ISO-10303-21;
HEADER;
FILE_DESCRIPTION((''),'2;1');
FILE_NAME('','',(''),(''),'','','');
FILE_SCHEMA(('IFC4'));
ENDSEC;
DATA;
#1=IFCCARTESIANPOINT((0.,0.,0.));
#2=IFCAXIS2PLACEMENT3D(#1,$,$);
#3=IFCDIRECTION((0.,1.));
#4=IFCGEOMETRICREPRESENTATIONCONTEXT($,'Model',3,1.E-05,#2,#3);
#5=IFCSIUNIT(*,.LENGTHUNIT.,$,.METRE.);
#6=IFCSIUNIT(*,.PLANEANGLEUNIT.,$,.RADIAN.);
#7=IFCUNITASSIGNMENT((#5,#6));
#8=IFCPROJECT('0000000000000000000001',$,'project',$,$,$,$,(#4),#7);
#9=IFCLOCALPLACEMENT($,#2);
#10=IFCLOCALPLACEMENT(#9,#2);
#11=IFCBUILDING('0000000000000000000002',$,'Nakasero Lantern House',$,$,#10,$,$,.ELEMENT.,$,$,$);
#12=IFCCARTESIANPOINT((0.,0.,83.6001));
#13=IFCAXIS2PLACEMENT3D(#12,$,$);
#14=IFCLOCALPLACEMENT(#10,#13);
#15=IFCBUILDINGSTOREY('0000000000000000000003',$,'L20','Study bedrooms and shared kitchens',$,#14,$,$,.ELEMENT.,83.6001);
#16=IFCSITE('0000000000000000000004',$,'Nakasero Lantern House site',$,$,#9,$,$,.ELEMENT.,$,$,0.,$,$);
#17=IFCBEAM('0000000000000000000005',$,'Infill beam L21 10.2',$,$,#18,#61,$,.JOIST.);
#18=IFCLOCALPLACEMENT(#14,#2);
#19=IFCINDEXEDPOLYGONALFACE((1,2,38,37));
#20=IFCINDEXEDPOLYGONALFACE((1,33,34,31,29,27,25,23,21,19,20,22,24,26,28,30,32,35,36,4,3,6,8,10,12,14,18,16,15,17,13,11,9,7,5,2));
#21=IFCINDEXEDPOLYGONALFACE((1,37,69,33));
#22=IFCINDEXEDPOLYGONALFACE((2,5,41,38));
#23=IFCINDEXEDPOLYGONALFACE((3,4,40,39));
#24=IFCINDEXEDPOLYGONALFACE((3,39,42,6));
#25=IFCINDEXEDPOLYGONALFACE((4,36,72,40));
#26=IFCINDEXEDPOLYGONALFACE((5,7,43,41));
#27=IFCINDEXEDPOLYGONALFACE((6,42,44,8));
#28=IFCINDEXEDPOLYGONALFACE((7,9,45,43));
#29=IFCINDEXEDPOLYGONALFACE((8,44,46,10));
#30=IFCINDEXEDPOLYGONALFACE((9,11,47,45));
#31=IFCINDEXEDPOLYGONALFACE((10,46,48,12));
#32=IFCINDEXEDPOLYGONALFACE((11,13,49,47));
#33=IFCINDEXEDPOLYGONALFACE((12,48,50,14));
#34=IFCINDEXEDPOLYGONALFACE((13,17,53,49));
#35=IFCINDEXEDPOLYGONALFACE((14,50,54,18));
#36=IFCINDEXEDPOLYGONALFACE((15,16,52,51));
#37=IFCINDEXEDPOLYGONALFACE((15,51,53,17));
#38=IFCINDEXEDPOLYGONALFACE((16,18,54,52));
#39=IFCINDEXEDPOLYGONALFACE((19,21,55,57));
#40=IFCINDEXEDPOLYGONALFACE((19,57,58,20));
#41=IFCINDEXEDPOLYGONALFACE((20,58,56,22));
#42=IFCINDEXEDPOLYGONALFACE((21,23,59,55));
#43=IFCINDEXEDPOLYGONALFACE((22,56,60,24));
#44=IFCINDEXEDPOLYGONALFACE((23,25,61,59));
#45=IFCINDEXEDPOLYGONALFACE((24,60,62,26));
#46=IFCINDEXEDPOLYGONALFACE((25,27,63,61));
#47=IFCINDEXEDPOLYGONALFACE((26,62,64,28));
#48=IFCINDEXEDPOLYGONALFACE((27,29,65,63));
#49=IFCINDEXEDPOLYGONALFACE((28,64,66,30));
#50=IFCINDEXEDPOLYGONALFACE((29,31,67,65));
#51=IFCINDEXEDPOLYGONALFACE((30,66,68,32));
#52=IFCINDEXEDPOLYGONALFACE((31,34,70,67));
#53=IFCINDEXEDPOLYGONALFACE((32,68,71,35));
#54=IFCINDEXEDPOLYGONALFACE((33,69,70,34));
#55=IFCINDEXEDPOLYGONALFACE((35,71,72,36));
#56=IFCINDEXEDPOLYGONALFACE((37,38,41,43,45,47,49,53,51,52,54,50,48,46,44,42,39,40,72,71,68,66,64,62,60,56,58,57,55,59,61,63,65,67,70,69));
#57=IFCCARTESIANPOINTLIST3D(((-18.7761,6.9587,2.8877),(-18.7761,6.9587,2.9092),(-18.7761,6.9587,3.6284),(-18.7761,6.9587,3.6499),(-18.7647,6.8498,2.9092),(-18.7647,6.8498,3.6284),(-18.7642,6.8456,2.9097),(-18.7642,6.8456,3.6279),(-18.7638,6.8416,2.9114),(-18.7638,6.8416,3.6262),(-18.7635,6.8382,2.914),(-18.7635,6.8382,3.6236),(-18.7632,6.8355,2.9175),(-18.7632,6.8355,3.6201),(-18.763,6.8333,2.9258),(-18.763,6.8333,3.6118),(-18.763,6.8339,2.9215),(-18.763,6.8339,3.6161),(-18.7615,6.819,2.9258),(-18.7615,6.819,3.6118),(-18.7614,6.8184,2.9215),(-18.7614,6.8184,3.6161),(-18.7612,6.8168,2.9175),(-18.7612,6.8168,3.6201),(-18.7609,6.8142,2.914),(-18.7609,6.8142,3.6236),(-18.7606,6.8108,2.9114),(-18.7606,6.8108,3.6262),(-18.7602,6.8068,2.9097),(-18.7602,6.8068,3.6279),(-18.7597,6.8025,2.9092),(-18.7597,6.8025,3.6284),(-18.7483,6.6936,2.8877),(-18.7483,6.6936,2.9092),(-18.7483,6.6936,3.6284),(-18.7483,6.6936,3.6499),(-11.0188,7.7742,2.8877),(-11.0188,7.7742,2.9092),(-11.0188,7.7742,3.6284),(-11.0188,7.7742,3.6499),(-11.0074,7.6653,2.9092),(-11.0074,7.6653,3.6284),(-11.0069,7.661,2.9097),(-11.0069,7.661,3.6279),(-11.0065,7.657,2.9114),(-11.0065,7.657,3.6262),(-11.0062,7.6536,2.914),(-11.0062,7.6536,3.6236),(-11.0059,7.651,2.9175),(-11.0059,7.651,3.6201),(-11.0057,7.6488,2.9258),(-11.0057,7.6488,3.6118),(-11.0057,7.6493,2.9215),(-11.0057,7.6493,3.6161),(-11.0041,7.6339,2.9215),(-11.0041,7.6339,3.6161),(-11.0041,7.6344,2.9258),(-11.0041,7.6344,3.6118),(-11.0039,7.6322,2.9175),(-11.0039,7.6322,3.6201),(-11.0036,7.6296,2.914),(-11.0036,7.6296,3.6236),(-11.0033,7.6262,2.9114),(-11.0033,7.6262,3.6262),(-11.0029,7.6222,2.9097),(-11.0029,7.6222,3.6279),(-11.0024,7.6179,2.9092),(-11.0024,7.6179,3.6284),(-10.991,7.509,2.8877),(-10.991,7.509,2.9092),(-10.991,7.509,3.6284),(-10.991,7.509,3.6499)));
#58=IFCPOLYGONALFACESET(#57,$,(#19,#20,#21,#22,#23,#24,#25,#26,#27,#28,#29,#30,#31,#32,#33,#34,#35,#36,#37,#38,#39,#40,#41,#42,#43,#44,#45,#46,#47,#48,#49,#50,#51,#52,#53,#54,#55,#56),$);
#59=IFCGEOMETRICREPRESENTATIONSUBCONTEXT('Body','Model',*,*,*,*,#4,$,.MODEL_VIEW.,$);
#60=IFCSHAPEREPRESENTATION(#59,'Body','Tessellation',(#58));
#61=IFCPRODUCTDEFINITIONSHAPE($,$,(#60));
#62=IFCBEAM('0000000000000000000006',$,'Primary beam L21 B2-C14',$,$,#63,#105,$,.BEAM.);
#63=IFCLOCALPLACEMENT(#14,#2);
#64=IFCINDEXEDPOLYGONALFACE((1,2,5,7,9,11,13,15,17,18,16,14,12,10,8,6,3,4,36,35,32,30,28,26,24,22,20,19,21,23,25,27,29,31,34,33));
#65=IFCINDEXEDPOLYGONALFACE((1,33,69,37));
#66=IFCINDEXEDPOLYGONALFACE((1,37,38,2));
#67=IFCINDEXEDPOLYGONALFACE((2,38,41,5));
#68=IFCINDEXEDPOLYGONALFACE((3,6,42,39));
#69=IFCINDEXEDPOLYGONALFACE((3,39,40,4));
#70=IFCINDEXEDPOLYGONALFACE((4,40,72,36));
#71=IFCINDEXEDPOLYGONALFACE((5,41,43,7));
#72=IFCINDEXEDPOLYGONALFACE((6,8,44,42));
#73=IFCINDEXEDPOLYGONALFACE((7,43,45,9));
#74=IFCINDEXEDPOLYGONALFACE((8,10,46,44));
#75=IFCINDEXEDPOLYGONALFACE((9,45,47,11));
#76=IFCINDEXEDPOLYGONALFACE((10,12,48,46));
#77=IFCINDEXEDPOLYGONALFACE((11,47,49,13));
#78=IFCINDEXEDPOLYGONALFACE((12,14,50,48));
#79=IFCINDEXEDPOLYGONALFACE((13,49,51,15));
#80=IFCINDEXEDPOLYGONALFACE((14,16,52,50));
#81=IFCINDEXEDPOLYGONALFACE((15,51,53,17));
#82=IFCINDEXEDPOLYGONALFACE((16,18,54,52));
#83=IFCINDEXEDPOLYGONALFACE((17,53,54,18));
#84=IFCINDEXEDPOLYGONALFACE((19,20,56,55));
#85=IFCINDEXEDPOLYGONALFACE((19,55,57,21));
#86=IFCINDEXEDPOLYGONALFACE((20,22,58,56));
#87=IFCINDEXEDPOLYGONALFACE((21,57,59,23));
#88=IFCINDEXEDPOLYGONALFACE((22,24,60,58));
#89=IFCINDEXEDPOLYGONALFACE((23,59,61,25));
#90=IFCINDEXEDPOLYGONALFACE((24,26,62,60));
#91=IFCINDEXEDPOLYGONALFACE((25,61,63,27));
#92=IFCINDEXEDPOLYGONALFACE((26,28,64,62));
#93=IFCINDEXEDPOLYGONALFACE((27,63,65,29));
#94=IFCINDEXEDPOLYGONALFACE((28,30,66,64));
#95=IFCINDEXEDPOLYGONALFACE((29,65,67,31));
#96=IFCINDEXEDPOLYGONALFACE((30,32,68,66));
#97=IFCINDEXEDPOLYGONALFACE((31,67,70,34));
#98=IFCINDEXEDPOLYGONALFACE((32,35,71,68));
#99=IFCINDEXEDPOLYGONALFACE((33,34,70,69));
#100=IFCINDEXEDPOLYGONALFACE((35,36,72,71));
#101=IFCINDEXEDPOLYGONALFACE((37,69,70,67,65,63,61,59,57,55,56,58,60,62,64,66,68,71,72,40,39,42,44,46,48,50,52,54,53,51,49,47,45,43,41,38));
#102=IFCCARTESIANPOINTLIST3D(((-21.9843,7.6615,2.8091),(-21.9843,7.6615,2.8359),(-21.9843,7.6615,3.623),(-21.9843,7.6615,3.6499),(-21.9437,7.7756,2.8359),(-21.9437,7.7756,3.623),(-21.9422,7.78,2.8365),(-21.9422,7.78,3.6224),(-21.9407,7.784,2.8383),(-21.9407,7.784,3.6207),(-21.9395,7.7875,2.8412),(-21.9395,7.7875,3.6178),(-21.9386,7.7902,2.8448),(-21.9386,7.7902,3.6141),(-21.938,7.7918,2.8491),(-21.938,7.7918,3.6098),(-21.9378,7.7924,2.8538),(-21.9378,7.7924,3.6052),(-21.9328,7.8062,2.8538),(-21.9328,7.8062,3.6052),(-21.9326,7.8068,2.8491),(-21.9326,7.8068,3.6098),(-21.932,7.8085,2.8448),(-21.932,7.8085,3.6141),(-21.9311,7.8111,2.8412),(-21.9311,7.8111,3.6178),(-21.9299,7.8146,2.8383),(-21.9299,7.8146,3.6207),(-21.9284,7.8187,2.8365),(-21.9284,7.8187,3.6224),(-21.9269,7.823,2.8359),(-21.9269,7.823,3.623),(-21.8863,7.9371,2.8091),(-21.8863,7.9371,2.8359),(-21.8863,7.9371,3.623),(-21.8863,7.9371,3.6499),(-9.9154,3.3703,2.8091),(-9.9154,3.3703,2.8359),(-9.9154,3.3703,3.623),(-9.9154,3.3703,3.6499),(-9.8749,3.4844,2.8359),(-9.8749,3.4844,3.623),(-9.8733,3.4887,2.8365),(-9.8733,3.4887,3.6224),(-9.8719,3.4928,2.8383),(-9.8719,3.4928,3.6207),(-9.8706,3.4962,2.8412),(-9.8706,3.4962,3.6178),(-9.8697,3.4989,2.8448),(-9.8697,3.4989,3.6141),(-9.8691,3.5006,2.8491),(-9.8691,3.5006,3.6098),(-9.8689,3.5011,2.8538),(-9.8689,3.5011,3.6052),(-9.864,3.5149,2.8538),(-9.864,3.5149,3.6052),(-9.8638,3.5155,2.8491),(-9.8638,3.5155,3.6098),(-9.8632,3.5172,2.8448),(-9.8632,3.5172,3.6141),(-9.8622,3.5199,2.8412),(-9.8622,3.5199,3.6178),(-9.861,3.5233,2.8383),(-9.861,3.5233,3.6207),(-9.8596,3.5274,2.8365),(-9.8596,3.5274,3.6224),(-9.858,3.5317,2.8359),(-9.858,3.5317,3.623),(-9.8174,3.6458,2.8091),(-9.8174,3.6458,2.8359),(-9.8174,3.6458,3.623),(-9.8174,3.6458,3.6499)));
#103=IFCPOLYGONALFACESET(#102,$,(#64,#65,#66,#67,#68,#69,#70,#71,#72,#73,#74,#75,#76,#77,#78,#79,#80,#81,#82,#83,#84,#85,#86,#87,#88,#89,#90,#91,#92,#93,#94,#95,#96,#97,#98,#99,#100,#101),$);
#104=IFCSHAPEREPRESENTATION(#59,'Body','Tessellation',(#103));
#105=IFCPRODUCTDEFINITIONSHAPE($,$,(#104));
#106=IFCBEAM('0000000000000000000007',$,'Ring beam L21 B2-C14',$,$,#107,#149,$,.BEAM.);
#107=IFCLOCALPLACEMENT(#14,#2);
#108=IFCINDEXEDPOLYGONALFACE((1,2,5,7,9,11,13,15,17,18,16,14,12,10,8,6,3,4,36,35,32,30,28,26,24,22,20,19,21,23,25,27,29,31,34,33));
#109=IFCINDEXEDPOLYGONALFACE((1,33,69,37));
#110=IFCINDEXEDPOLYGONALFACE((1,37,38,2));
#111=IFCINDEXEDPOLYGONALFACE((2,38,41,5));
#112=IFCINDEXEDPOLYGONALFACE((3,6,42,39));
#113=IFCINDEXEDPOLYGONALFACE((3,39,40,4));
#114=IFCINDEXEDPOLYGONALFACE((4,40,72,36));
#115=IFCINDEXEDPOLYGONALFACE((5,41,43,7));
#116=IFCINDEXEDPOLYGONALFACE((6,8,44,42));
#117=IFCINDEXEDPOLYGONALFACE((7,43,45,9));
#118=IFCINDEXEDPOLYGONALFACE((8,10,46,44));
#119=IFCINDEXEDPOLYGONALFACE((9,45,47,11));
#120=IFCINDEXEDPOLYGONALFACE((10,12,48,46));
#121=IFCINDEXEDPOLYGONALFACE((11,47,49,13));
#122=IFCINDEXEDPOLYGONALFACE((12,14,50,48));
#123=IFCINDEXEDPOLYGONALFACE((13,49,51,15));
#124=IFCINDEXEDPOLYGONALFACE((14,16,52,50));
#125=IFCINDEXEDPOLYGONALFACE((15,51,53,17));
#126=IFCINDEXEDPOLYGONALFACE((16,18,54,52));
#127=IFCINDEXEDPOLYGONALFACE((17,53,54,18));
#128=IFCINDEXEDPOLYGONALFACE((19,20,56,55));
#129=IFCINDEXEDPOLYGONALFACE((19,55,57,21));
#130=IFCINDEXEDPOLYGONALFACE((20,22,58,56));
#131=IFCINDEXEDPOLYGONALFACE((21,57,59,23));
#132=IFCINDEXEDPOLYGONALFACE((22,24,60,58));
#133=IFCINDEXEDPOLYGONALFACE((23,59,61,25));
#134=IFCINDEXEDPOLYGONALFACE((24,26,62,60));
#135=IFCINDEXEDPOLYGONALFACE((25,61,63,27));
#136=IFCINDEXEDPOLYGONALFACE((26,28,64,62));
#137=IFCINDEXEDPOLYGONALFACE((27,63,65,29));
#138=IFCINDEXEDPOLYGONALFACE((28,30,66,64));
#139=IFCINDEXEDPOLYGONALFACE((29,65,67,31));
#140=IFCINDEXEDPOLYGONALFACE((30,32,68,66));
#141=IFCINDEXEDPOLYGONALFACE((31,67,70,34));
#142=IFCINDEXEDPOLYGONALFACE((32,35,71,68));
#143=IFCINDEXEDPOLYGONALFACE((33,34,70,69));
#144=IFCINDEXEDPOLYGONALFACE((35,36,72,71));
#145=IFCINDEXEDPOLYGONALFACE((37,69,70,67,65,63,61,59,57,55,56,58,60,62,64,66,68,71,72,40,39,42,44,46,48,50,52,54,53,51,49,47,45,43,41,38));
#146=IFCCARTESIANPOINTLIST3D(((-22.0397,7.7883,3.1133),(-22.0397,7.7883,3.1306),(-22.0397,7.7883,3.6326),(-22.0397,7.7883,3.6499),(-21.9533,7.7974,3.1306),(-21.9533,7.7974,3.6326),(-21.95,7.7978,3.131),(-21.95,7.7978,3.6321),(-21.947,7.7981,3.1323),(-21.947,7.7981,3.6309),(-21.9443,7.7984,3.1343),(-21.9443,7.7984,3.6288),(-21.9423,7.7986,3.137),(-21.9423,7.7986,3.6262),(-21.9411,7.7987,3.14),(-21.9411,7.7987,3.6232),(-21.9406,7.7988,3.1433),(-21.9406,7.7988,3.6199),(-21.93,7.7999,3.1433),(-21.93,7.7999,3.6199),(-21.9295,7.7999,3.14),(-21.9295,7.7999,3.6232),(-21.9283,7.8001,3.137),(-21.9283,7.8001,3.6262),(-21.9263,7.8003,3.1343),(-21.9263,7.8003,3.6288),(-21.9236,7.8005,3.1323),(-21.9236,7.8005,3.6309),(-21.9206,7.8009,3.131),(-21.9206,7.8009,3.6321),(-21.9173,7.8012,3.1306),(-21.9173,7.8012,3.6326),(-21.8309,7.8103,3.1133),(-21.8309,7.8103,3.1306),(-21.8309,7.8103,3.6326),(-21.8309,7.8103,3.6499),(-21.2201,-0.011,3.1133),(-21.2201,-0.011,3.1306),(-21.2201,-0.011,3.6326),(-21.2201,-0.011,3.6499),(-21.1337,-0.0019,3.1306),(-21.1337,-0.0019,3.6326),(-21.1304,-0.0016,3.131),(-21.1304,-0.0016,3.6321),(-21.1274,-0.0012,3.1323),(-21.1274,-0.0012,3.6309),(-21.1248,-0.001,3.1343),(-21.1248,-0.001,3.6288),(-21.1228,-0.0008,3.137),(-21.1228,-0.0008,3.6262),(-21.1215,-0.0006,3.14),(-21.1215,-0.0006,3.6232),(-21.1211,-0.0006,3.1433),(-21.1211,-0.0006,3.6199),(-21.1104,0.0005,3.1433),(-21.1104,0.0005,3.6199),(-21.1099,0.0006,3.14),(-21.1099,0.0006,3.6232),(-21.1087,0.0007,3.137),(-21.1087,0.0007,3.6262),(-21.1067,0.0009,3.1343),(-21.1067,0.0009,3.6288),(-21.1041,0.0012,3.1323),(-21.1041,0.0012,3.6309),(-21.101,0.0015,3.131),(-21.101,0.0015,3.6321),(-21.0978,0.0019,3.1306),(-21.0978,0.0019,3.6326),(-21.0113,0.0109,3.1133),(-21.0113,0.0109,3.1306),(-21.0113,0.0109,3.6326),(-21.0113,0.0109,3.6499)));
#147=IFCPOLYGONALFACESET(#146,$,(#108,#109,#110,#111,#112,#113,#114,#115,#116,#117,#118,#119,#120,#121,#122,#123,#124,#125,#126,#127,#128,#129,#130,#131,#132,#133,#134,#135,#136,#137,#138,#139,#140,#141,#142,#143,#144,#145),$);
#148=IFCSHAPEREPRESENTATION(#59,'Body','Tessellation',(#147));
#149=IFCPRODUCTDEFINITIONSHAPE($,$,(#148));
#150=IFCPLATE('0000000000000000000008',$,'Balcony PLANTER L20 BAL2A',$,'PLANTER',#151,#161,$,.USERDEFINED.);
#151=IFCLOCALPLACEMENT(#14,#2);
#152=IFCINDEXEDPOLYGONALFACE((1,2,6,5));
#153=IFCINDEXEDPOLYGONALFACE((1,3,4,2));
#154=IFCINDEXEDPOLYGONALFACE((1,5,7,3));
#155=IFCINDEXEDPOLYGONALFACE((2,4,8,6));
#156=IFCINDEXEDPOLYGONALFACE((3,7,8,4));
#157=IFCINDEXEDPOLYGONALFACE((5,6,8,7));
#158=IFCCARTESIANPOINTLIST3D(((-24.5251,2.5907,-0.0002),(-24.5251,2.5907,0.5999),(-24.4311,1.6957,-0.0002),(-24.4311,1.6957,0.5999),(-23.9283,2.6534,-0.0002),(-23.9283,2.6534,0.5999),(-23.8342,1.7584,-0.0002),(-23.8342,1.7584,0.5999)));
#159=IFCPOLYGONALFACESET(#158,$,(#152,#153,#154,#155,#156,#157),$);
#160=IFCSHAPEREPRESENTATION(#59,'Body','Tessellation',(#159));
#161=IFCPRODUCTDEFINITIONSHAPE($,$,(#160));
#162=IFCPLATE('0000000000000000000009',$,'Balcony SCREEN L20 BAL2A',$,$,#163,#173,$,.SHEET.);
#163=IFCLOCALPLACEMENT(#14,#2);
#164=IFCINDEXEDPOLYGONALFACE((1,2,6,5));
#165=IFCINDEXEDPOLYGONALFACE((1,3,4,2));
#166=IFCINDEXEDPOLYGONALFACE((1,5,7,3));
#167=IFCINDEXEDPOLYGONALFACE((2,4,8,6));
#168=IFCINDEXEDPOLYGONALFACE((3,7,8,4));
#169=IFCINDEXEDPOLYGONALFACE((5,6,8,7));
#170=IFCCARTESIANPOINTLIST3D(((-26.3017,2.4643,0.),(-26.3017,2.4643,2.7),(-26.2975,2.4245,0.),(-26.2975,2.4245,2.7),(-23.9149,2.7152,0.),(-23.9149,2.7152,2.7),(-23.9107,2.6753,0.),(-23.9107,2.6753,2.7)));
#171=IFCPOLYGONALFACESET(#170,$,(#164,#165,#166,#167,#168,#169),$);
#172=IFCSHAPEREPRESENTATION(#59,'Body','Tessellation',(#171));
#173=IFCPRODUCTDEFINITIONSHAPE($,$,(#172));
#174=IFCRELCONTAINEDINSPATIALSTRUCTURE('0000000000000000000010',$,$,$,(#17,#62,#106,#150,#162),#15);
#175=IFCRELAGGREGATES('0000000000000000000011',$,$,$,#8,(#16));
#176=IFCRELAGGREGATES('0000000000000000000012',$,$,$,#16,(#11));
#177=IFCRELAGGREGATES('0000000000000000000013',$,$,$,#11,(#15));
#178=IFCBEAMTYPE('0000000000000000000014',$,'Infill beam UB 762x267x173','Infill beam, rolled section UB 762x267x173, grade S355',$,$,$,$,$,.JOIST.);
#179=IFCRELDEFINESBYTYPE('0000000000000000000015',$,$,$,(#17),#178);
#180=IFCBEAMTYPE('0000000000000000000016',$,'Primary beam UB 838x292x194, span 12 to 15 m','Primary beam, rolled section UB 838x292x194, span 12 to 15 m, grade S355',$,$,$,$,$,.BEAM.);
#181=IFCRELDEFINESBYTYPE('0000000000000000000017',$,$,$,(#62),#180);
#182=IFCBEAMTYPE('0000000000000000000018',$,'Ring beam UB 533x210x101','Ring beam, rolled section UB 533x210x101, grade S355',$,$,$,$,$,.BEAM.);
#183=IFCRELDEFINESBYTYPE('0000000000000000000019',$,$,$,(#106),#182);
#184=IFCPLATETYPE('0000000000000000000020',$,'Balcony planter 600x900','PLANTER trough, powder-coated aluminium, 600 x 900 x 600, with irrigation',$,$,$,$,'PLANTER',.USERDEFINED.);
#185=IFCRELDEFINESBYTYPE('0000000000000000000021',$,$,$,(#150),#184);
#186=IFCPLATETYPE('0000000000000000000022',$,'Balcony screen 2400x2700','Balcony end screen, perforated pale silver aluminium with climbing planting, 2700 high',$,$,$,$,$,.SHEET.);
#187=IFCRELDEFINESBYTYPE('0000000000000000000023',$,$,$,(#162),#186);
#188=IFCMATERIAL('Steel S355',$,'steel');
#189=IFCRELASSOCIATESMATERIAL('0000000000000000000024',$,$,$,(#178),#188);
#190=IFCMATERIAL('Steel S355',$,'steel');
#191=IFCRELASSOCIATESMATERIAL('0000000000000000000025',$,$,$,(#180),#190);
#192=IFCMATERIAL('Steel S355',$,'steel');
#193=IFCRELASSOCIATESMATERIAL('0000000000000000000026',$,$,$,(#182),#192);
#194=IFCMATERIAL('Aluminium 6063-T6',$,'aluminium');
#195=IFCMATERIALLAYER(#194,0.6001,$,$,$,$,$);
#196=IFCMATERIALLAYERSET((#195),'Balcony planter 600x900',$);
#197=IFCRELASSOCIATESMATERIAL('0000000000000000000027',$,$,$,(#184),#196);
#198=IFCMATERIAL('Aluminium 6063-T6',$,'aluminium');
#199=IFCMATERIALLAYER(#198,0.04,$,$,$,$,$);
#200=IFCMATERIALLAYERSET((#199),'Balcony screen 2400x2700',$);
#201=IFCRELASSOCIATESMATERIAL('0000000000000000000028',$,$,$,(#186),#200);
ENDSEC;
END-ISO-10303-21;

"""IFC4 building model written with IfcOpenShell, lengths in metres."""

from ifc_helpers import new_model, si_unit, direction, frame, origin, origin_2d, place, context, subcontext, project, spatial, rectangle, i_section, extrude, material, layer, layer_set, material_profile, profile_set, type_object, element, save


model = new_model("IFC4")

# Units and contexts
model_context = context("Model", 3, precision=1e-05, world=origin(), true_north=direction((0.0, 1.0)))
body_context = subcontext(model_context, "Body", "Model", "MODEL_VIEW")
ifc_project = project(units=[si_unit("LENGTHUNIT", "METRE"), si_unit("PLANEANGLEUNIT", "RADIAN")], contexts=[model_context])

# Site, building, storey
site_placement = place(None, origin())
site = spatial("IfcSite", under=ifc_project, at=site_placement, Name="Nakasero Lantern House site", CompositionType="ELEMENT", RefElevation=0.0)
building_placement = place(site_placement, origin())
building = spatial("IfcBuilding", under=site, at=building_placement, Name="Nakasero Lantern House", CompositionType="ELEMENT")
storey_placement = place(building_placement, frame((0.0, 0.0, 83.6001)))
storey = spatial("IfcBuildingStorey", under=building, at=storey_placement, Name="L20", Description="Study bedrooms and shared kitchens", CompositionType="ELEMENT", Elevation=83.6001)

# Beams
ifc_material_1 = material(Name="Steel S355", Category="steel")
ifc_material_profile_1 = material_profile(ifc_material_1, i_section(OverallWidth=0.2666, OverallDepth=0.7622, WebThickness=0.0144, FlangeThickness=0.0215, FilletRadius=0.0166, at=origin_2d()), Name="UB 762x267x173")
ifc_profile_set_1 = profile_set([ifc_material_profile_1], Name="Steel S355")
beam_type_1 = type_object("IfcBeamType", Name="Infill beam UB 762x267x173", Description="Infill beam, rolled section UB 762x267x173, grade S355", PredefinedType="JOIST", material=ifc_profile_set_1)
beam_1_placement = place(storey_placement, frame((-18.7622, 6.8262, 3.2688), z_axis=(0.994521, 0.104541, 0.0), x_axis=(-0.104541, 0.994521, 0.0)))
element("IfcBeam", 1, at=beam_1_placement, inside=storey, type_object=beam_type_1, Name="Infill beam L21 10.2", PredefinedType="JOIST", context=body_context, shape_type="SweptSolid", body=[
    extrude(i_section(OverallWidth=0.2666, OverallDepth=0.7622, WebThickness=0.0144, FlangeThickness=0.0215, FilletRadius=0.0166, at=origin_2d()), origin(), (0.0, 0.0, 1.0), 7.8),
])
ifc_material_2 = material(Name="Steel S355", Category="steel")
ifc_material_profile_2 = material_profile(ifc_material_2, i_section(OverallWidth=0.2925, OverallDepth=0.8408, WebThickness=0.0146, FlangeThickness=0.0269, FilletRadius=0.0178, at=origin_2d()), Name="UB 838x292x194")
ifc_profile_set_2 = profile_set([ifc_material_profile_2], Name="Steel S355")
beam_type_2 = type_object("IfcBeamType", Name="Primary beam UB 838x292x194, span 12 to 15 m", Description="Primary beam, rolled section UB 838x292x194, span 12 to 15 m, grade S355", PredefinedType="BEAM", material=ifc_profile_set_2)
beam_2_placement = place(storey_placement, frame((-21.9353, 7.7993, 3.2295), z_axis=(0.942212, -0.335018, 0.0), x_axis=(0.335018, 0.942212, 0.0)))
element("IfcBeam", 2, at=beam_2_placement, inside=storey, type_object=beam_type_2, Name="Primary beam L21 B2-C14", PredefinedType="BEAM", context=body_context, shape_type="SweptSolid", body=[
    extrude(i_section(OverallWidth=0.2925, OverallDepth=0.8408, WebThickness=0.0146, FlangeThickness=0.0269, FilletRadius=0.0178, at=origin_2d()), origin(), (0.0, 0.0, 1.0), 12.8091),
])
ifc_material_3 = material(Name="Steel S355", Category="steel")
ifc_material_profile_3 = material_profile(ifc_material_3, i_section(OverallWidth=0.21, OverallDepth=0.5366, WebThickness=0.0107, FlangeThickness=0.0173, FilletRadius=0.0127, at=origin_2d()), Name="UB 533x210x101")
ifc_profile_set_3 = profile_set([ifc_material_profile_3], Name="Steel S355")
beam_type_3 = type_object("IfcBeamType", Name="Ring beam UB 533x210x101", Description="Ring beam, rolled section UB 533x210x101, grade S355", PredefinedType="BEAM", material=ifc_profile_set_3)
beam_3_placement = place(storey_placement, frame((-21.9353, 7.7993, 3.3816), z_axis=(0.104508, -0.994524, 0.0), x_axis=(0.994524, 0.104508, 0.0)))
element("IfcBeam", 3, at=beam_3_placement, inside=storey, type_object=beam_type_3, Name="Ring beam L21 B2-C14", PredefinedType="BEAM", context=body_context, shape_type="SweptSolid", body=[
    extrude(i_section(OverallWidth=0.21, OverallDepth=0.5366, WebThickness=0.0107, FlangeThickness=0.0173, FilletRadius=0.0127, at=origin_2d()), origin(), (0.0, 0.0, 1.0), 7.8423),
])

# Plates
ifc_material_4 = material(Name="Aluminium 6063-T6", Category="aluminium")
ifc_layer_1 = layer(ifc_material_4, 0.6001)
ifc_layer_set_1 = layer_set([ifc_layer_1], Name="Balcony planter 600x900")
plate_type_1 = type_object("IfcPlateType", Name="Balcony planter 600x900", Description="PLANTER trough, powder-coated aluminium, 600 x 900 x 600, with irrigation", ElementType="PLANTER", PredefinedType="USERDEFINED", material=ifc_layer_set_1)
plate_1_placement = place(storey_placement, frame((-24.1797, 2.1746, -0.0002), z_axis=(0.0, 0.0, 1.0), x_axis=(-0.994522, -0.104528, 0.0)))
element("IfcPlate", 4, at=plate_1_placement, inside=storey, type_object=plate_type_1, Name="Balcony PLANTER L20 BAL2A", ObjectType="PLANTER", PredefinedType="USERDEFINED", context=body_context, shape_type="SweptSolid", body=[
    extrude(rectangle(XDim=0.6001, YDim=0.8999, at=origin_2d()), origin(), (0.0, 0.0, 1.0), 0.6001),
])
ifc_material_5 = material(Name="Aluminium 6063-T6", Category="aluminium")
ifc_layer_2 = layer(ifc_material_5, 0.04)
ifc_layer_set_2 = layer_set([ifc_layer_2], Name="Balcony screen 2400x2700")
plate_type_2 = type_object("IfcPlateType", Name="Balcony screen 2400x2700", Description="Balcony end screen, perforated pale silver aluminium with climbing planting, 2700 high", PredefinedType="SHEET", material=ifc_layer_set_2)
plate_2_placement = place(storey_placement, frame((-25.1062, 2.5698, 0.0), z_axis=(0.0, 0.0, 1.0), x_axis=(-0.994522, -0.104528, 0.0)))
element("IfcPlate", 5, at=plate_2_placement, inside=storey, type_object=plate_type_2, Name="Balcony SCREEN L20 BAL2A", PredefinedType="SHEET", context=body_context, shape_type="SweptSolid", body=[
    extrude(rectangle(XDim=2.3999, YDim=0.04, at=origin_2d()), origin(), (0.0, 0.0, 1.0), 2.7),
])

save(model, "model.ifc")
